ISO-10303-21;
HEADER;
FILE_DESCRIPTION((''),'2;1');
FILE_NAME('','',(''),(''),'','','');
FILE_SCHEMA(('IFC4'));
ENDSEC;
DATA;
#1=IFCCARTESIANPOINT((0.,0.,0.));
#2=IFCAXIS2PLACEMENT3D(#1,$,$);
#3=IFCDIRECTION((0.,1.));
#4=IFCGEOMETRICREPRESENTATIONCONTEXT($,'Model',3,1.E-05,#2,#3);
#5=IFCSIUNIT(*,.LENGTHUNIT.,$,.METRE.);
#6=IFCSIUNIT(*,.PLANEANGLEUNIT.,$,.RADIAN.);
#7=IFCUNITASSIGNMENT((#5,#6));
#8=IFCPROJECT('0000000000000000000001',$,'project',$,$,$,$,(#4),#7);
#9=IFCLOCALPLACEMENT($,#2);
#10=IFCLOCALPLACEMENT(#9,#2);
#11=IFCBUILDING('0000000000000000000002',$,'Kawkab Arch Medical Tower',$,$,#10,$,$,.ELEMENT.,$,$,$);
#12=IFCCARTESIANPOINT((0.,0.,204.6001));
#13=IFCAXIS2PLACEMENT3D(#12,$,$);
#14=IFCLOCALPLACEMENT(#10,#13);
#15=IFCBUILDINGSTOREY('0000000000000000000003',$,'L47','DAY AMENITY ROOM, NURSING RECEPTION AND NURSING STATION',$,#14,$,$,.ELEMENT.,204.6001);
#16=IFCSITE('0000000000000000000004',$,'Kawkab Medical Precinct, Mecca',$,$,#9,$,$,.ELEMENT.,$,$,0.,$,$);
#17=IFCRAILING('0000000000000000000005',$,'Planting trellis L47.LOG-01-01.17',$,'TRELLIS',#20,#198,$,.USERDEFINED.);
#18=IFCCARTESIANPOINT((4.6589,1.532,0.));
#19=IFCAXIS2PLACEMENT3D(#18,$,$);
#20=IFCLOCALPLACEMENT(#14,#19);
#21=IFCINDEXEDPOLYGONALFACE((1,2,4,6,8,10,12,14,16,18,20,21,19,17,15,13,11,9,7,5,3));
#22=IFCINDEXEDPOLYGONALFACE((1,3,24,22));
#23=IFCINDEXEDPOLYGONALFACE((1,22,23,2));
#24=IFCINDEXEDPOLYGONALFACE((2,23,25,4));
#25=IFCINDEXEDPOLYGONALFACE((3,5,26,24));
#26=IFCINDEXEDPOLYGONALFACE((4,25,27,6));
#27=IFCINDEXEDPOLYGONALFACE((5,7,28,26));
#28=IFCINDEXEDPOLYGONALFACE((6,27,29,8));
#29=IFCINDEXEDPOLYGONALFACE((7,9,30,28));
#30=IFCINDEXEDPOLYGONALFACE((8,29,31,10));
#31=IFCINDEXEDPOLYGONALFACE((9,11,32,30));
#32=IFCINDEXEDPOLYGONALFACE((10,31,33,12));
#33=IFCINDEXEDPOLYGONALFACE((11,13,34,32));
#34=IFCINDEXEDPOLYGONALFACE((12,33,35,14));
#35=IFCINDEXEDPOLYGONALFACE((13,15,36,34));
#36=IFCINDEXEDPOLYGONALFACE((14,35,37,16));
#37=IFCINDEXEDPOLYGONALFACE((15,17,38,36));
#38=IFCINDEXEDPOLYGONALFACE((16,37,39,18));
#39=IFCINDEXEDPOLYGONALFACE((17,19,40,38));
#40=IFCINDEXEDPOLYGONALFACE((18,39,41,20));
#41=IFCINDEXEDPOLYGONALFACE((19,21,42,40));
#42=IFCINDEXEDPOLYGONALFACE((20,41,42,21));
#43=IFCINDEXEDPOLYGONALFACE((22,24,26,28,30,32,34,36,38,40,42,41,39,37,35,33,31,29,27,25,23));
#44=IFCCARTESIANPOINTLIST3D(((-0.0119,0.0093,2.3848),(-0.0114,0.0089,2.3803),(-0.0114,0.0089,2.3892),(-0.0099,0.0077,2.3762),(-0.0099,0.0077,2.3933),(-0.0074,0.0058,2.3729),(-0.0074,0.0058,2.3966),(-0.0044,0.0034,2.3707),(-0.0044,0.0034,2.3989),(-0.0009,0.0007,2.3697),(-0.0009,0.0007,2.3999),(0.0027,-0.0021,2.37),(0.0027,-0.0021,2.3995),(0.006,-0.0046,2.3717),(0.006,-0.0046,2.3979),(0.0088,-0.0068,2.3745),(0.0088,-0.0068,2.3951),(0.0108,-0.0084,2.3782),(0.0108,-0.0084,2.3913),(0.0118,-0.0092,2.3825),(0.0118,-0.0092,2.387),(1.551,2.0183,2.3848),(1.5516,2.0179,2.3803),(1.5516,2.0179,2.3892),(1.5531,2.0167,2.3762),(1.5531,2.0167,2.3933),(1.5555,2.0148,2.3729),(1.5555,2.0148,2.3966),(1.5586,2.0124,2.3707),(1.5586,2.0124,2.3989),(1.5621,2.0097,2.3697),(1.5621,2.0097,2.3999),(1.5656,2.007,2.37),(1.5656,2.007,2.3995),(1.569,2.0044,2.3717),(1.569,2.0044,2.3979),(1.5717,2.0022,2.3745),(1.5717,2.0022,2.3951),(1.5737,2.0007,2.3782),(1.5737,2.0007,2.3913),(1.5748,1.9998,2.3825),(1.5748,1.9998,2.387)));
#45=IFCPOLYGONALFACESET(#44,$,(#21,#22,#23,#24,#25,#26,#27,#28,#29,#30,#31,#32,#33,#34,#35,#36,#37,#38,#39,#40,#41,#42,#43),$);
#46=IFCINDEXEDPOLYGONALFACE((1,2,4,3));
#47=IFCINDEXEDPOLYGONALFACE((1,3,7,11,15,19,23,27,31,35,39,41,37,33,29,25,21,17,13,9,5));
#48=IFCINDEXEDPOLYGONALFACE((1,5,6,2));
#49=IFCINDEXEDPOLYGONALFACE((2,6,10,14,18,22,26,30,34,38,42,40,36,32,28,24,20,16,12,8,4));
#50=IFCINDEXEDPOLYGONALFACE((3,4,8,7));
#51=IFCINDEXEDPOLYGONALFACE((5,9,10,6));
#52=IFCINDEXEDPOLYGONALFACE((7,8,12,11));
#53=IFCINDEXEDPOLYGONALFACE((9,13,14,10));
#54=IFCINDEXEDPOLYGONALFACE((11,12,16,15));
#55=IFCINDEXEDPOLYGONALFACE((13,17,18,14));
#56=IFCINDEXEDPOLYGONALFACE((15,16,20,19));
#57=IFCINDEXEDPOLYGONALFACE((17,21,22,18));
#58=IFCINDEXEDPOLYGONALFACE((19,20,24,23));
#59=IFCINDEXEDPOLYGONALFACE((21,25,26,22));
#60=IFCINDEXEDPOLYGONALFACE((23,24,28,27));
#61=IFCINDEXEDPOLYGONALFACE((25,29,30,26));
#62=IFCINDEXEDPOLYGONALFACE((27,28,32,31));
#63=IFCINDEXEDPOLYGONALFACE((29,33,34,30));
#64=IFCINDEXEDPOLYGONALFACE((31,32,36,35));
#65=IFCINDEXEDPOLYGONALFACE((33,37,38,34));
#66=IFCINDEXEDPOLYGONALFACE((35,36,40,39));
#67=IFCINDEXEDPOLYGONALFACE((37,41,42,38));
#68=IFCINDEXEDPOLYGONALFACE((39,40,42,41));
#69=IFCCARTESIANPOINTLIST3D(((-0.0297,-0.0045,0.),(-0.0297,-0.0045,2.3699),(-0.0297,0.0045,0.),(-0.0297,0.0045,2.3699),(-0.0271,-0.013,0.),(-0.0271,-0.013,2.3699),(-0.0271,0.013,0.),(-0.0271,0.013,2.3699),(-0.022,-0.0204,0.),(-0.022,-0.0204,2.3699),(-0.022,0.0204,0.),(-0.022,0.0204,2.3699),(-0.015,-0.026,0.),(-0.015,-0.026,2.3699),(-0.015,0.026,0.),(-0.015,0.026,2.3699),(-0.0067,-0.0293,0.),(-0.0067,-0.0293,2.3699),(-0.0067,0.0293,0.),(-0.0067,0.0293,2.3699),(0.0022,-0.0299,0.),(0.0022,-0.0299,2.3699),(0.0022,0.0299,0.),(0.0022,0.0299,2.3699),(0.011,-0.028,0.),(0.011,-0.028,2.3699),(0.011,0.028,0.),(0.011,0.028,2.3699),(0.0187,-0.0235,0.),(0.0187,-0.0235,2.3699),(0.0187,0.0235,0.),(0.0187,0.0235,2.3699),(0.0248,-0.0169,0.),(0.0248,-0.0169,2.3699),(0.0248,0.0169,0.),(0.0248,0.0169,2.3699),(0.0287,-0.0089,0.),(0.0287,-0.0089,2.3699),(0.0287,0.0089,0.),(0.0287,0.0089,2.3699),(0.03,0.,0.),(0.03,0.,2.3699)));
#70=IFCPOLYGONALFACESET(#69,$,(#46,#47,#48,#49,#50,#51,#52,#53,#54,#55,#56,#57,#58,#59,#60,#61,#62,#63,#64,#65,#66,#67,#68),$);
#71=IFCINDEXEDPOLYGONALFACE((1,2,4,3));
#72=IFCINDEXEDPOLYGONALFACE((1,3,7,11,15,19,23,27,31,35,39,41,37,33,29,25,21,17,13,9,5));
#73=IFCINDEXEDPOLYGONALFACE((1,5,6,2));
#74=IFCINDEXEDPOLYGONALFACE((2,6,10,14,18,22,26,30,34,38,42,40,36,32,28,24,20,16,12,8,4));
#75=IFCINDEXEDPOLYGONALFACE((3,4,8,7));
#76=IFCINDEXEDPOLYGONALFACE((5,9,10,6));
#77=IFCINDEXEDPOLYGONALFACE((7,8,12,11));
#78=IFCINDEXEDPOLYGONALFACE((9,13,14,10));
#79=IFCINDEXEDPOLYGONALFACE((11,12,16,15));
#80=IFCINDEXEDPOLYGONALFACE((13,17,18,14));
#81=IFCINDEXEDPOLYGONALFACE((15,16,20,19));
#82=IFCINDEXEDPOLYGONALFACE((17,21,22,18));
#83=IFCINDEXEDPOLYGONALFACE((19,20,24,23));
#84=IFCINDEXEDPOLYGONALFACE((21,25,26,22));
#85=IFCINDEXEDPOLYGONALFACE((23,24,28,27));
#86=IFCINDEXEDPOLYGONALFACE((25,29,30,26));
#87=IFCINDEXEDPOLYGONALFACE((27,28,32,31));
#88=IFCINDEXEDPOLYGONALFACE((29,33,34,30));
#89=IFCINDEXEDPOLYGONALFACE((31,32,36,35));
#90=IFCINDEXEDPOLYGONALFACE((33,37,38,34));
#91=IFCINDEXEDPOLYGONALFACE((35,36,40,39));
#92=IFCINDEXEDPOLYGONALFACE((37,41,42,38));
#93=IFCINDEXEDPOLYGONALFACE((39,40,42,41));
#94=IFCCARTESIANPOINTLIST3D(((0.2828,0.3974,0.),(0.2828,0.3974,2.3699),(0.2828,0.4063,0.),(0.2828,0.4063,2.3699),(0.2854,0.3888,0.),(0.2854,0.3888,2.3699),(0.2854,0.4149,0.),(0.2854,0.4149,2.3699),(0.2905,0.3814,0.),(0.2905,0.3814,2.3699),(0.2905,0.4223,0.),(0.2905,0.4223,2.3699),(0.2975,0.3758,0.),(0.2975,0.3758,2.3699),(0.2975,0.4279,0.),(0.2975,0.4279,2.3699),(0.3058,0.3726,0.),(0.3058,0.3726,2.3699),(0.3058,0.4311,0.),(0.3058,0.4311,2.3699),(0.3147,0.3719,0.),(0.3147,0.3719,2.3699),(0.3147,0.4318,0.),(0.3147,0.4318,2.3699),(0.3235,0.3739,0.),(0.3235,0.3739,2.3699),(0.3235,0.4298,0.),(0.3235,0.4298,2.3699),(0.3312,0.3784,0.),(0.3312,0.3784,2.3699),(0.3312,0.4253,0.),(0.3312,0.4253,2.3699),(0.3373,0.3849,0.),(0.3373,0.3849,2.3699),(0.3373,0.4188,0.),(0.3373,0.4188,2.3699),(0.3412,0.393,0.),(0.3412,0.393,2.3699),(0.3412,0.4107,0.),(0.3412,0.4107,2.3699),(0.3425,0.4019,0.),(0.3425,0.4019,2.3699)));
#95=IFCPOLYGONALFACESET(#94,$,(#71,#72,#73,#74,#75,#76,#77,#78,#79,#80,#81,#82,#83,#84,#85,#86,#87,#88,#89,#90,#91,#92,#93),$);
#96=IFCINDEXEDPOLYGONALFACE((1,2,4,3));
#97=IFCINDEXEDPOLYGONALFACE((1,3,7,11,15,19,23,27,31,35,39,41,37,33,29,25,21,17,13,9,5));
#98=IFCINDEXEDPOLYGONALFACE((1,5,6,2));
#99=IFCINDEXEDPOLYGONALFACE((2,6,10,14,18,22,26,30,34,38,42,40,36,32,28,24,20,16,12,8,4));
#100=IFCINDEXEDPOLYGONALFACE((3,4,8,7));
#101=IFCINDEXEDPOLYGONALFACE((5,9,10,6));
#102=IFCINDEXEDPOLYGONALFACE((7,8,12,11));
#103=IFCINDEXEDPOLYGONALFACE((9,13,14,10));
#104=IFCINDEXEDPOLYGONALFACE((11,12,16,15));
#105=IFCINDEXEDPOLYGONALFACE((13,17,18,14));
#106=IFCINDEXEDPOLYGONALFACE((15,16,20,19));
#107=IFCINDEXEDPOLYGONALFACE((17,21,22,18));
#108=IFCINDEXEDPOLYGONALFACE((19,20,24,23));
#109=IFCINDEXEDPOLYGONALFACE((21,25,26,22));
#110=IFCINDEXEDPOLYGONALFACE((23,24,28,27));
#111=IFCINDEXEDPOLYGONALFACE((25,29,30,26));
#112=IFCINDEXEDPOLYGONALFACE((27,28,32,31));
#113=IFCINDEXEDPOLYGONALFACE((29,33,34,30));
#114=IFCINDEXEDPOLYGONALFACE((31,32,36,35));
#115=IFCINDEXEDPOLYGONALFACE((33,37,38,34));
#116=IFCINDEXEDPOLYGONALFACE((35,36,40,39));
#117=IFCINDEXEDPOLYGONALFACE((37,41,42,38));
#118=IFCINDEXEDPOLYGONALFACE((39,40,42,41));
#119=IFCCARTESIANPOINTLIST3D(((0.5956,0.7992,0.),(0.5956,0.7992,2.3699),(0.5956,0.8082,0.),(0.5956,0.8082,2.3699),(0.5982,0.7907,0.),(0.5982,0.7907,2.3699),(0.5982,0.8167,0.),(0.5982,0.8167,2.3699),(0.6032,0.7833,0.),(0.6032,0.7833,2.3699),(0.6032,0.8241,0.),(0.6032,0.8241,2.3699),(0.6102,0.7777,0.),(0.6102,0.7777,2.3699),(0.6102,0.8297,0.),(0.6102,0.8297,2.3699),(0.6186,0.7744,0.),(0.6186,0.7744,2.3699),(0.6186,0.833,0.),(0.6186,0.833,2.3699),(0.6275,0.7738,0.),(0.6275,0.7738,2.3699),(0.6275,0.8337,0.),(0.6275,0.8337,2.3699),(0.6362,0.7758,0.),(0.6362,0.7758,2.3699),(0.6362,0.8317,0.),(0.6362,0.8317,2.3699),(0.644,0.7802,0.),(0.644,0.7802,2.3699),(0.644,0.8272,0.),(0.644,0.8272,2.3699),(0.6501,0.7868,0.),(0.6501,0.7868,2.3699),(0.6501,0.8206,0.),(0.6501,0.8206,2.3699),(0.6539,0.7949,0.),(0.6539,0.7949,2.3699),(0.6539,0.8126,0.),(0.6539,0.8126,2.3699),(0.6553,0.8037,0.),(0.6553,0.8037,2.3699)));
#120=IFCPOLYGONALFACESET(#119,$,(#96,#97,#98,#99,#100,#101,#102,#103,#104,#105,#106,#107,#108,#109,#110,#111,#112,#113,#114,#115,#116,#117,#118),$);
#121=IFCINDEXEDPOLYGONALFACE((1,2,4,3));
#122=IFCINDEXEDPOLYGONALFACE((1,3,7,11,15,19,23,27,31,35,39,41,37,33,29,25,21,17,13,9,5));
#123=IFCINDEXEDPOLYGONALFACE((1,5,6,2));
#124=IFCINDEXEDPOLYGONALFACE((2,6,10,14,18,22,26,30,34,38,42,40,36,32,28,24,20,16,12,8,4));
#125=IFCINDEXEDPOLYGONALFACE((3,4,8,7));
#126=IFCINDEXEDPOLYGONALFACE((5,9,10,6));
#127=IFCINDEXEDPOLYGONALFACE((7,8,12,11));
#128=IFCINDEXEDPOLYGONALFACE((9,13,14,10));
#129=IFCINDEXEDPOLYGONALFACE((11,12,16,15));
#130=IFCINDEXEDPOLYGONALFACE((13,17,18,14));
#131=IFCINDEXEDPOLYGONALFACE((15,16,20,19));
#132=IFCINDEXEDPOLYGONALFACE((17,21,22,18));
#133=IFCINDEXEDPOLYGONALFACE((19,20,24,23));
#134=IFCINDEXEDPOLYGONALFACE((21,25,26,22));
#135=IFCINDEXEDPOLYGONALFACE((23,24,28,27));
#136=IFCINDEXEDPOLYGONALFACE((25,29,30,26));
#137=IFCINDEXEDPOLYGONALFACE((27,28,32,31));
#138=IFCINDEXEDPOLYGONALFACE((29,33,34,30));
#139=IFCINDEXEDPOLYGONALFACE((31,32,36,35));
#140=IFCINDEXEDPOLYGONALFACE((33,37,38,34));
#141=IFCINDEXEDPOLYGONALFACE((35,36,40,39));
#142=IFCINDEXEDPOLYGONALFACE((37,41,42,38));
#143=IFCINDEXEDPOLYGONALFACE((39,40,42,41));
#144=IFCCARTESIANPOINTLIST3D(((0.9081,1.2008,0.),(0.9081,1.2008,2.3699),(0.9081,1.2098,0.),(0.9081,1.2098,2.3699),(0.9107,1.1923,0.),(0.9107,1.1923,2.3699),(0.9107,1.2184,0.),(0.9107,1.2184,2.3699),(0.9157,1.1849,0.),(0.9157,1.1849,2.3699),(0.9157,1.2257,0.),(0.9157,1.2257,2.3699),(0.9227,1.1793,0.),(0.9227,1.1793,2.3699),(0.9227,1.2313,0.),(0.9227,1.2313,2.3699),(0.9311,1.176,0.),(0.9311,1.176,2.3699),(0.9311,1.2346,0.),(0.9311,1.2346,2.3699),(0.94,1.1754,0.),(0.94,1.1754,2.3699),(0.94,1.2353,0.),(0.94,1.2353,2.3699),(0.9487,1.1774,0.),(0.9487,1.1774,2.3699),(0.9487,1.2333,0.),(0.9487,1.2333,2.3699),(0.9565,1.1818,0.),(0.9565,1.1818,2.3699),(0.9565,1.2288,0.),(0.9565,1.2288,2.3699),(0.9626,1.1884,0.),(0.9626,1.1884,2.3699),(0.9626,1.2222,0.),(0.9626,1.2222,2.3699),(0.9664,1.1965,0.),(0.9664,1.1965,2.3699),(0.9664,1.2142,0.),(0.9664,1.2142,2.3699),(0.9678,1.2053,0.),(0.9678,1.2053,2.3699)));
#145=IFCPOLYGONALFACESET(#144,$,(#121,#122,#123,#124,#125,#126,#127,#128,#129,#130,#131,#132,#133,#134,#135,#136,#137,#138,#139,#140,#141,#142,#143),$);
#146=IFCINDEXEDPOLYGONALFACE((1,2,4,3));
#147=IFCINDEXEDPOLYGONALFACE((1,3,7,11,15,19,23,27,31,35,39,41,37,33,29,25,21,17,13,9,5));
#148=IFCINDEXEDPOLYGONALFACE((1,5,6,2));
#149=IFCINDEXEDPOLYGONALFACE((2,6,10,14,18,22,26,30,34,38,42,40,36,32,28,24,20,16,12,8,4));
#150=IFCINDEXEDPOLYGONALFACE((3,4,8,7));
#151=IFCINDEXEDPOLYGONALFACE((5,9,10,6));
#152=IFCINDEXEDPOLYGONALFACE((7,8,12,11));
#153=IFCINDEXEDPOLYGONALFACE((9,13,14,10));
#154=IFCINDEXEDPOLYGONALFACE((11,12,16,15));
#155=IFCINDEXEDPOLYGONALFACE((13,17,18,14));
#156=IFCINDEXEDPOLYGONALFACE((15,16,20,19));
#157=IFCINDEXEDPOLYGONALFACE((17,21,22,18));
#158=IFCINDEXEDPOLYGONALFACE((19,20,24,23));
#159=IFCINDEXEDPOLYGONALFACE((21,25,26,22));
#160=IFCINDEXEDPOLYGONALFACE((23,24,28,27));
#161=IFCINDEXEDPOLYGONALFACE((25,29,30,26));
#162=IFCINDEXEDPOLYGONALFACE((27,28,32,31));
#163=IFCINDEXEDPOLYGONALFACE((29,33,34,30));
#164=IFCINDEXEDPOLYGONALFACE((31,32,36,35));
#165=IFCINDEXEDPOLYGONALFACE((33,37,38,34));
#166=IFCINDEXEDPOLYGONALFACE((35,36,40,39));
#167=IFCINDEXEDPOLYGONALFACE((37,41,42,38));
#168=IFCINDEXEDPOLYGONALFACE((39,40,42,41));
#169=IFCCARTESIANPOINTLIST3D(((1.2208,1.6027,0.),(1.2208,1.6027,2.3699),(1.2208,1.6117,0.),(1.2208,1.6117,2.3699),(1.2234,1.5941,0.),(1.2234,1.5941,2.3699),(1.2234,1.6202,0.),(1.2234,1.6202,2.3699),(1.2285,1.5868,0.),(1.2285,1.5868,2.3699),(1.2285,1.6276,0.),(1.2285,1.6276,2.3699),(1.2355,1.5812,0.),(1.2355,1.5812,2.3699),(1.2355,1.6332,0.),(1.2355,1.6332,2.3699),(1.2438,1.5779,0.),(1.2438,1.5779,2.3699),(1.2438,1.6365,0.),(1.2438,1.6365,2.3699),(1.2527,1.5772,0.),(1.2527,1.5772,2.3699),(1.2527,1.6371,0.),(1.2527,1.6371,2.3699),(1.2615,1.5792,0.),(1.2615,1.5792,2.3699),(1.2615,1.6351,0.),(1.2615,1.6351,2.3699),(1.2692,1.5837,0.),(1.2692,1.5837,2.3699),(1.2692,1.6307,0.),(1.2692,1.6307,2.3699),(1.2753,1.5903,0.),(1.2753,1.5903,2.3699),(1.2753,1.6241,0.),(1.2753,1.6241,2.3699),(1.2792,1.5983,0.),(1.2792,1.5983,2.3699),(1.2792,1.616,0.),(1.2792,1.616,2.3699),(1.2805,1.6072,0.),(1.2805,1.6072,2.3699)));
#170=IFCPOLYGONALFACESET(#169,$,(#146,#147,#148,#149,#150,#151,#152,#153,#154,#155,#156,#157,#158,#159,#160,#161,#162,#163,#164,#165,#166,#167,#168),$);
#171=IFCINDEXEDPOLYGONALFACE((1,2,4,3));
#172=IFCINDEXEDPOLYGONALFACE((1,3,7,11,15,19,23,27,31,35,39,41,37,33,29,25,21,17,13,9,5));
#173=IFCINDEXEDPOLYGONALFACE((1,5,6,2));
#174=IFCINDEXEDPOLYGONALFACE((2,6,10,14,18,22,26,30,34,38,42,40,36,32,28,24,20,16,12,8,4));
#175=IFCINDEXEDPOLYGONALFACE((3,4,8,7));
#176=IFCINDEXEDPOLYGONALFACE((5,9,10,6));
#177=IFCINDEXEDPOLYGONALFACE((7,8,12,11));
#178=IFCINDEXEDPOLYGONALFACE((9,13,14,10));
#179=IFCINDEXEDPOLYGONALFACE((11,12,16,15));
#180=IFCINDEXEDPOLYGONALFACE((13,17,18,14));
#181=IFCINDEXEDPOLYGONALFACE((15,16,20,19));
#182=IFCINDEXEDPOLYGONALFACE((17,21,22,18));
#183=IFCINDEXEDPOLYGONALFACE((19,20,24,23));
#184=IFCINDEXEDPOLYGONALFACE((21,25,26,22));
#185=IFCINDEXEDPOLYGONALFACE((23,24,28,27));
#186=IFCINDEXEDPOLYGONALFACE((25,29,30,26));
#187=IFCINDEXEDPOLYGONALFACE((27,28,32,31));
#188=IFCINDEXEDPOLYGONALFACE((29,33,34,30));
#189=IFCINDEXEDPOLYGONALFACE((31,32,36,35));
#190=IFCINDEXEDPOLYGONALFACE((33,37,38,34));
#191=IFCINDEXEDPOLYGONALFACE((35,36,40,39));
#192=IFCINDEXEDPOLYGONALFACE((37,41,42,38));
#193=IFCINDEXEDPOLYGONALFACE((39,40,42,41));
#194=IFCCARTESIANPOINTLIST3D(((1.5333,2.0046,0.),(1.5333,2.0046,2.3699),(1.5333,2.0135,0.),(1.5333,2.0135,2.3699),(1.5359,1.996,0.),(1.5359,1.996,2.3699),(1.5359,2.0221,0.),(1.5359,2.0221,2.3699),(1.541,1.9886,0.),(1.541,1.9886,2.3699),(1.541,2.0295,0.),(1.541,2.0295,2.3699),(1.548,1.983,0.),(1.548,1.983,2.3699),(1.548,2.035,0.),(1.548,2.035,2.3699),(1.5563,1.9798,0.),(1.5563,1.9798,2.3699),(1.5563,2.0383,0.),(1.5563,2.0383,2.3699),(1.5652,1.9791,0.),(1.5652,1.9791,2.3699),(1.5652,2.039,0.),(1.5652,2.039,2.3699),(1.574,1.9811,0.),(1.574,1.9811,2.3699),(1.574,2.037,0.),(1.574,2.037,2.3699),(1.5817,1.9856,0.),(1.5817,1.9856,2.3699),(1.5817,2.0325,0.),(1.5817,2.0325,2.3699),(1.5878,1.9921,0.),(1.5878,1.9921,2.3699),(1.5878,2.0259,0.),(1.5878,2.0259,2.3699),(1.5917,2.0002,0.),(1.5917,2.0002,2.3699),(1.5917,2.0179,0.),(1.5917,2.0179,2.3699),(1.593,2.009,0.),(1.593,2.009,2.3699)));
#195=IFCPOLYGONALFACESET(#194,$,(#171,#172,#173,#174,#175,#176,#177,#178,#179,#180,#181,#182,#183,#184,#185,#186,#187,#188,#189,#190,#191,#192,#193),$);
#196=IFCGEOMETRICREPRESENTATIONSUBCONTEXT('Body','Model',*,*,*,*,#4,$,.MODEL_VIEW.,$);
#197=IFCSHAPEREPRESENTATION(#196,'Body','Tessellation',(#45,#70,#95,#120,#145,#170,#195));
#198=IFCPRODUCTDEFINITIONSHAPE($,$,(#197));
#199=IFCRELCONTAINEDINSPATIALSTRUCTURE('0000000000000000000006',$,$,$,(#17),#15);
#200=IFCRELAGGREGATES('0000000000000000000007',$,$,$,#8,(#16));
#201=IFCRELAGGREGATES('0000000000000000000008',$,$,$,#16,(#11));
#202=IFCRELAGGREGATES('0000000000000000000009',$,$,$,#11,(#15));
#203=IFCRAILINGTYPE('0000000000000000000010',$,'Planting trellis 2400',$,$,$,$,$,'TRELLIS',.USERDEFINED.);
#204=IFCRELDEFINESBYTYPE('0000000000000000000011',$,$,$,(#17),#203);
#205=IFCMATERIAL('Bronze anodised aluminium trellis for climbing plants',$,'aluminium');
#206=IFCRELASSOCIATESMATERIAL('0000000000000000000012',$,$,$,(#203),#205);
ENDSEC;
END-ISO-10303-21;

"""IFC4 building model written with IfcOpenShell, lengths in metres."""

from ifc_helpers import new_model, si_unit, direction, frame, origin, origin_2d, place, context, subcontext, project, spatial, circle, extrude, material, type_object, element, save


model = new_model("IFC4")

# Units and contexts
model_context = context("Model", 3, precision=1e-05, world=origin(), true_north=direction((0.0, 1.0)))
body_context = subcontext(model_context, "Body", "Model", "MODEL_VIEW")
ifc_project = project(units=[si_unit("LENGTHUNIT", "METRE"), si_unit("PLANEANGLEUNIT", "RADIAN")], contexts=[model_context])

# Site, building, storey
site_placement = place(None, origin())
site = spatial("IfcSite", under=ifc_project, at=site_placement, Name="Kawkab Medical Precinct, Mecca", CompositionType="ELEMENT", RefElevation=0.0)
building_placement = place(site_placement, origin())
building = spatial("IfcBuilding", under=site, at=building_placement, Name="Kawkab Arch Medical Tower", CompositionType="ELEMENT")
storey_placement = place(building_placement, frame((0.0, 0.0, 204.6001)))
storey = spatial("IfcBuildingStorey", under=building, at=storey_placement, Name="L47", Description="DAY AMENITY ROOM, NURSING RECEPTION AND NURSING STATION", CompositionType="ELEMENT", Elevation=204.6001)

# Railing
ifc_material_1 = material(Name="Bronze anodised aluminium trellis for climbing plants", Category="aluminium")
railing_type = type_object("IfcRailingType", Name="Planting trellis 2400", ElementType="TRELLIS", PredefinedType="USERDEFINED", material=ifc_material_1)
railing_1_placement = place(storey_placement, frame((4.6589, 1.532, 0.0)))
element("IfcRailing", 1, at=railing_1_placement, inside=storey, type_object=railing_type, Name="Planting trellis L47.LOG-01-01.17", ObjectType="TRELLIS", PredefinedType="USERDEFINED", context=body_context, shape_type="SweptSolid", body=[
    extrude(circle(Radius=0.0151, at=origin_2d()), frame((0.0, 0.0, 2.3848), z_axis=(0.61404, 0.789275, 0.0), x_axis=(-0.789275, 0.61404, 0.0)), (0.0, 0.0, 1.0), 2.5454),
    extrude(circle(Radius=0.03, at=origin_2d()), origin(), (0.0, 0.0, 1.0), 2.3699),
    extrude(circle(Radius=0.03, at=origin_2d()), frame((0.3125, 0.4019, 0.0)), (0.0, 0.0, 1.0), 2.3699),
    extrude(circle(Radius=0.03, at=origin_2d()), frame((0.6252, 0.8037, 0.0)), (0.0, 0.0, 1.0), 2.3699),
    extrude(circle(Radius=0.03, at=origin_2d()), frame((0.9377, 1.2053, 0.0)), (0.0, 0.0, 1.0), 2.3699),
    extrude(circle(Radius=0.03, at=origin_2d()), frame((1.2505, 1.6072, 0.0)), (0.0, 0.0, 1.0), 2.3699),
    extrude(circle(Radius=0.03, at=origin_2d()), frame((1.563, 2.009, 0.0)), (0.0, 0.0, 1.0), 2.3699),
])

save(model, "model.ifc")
